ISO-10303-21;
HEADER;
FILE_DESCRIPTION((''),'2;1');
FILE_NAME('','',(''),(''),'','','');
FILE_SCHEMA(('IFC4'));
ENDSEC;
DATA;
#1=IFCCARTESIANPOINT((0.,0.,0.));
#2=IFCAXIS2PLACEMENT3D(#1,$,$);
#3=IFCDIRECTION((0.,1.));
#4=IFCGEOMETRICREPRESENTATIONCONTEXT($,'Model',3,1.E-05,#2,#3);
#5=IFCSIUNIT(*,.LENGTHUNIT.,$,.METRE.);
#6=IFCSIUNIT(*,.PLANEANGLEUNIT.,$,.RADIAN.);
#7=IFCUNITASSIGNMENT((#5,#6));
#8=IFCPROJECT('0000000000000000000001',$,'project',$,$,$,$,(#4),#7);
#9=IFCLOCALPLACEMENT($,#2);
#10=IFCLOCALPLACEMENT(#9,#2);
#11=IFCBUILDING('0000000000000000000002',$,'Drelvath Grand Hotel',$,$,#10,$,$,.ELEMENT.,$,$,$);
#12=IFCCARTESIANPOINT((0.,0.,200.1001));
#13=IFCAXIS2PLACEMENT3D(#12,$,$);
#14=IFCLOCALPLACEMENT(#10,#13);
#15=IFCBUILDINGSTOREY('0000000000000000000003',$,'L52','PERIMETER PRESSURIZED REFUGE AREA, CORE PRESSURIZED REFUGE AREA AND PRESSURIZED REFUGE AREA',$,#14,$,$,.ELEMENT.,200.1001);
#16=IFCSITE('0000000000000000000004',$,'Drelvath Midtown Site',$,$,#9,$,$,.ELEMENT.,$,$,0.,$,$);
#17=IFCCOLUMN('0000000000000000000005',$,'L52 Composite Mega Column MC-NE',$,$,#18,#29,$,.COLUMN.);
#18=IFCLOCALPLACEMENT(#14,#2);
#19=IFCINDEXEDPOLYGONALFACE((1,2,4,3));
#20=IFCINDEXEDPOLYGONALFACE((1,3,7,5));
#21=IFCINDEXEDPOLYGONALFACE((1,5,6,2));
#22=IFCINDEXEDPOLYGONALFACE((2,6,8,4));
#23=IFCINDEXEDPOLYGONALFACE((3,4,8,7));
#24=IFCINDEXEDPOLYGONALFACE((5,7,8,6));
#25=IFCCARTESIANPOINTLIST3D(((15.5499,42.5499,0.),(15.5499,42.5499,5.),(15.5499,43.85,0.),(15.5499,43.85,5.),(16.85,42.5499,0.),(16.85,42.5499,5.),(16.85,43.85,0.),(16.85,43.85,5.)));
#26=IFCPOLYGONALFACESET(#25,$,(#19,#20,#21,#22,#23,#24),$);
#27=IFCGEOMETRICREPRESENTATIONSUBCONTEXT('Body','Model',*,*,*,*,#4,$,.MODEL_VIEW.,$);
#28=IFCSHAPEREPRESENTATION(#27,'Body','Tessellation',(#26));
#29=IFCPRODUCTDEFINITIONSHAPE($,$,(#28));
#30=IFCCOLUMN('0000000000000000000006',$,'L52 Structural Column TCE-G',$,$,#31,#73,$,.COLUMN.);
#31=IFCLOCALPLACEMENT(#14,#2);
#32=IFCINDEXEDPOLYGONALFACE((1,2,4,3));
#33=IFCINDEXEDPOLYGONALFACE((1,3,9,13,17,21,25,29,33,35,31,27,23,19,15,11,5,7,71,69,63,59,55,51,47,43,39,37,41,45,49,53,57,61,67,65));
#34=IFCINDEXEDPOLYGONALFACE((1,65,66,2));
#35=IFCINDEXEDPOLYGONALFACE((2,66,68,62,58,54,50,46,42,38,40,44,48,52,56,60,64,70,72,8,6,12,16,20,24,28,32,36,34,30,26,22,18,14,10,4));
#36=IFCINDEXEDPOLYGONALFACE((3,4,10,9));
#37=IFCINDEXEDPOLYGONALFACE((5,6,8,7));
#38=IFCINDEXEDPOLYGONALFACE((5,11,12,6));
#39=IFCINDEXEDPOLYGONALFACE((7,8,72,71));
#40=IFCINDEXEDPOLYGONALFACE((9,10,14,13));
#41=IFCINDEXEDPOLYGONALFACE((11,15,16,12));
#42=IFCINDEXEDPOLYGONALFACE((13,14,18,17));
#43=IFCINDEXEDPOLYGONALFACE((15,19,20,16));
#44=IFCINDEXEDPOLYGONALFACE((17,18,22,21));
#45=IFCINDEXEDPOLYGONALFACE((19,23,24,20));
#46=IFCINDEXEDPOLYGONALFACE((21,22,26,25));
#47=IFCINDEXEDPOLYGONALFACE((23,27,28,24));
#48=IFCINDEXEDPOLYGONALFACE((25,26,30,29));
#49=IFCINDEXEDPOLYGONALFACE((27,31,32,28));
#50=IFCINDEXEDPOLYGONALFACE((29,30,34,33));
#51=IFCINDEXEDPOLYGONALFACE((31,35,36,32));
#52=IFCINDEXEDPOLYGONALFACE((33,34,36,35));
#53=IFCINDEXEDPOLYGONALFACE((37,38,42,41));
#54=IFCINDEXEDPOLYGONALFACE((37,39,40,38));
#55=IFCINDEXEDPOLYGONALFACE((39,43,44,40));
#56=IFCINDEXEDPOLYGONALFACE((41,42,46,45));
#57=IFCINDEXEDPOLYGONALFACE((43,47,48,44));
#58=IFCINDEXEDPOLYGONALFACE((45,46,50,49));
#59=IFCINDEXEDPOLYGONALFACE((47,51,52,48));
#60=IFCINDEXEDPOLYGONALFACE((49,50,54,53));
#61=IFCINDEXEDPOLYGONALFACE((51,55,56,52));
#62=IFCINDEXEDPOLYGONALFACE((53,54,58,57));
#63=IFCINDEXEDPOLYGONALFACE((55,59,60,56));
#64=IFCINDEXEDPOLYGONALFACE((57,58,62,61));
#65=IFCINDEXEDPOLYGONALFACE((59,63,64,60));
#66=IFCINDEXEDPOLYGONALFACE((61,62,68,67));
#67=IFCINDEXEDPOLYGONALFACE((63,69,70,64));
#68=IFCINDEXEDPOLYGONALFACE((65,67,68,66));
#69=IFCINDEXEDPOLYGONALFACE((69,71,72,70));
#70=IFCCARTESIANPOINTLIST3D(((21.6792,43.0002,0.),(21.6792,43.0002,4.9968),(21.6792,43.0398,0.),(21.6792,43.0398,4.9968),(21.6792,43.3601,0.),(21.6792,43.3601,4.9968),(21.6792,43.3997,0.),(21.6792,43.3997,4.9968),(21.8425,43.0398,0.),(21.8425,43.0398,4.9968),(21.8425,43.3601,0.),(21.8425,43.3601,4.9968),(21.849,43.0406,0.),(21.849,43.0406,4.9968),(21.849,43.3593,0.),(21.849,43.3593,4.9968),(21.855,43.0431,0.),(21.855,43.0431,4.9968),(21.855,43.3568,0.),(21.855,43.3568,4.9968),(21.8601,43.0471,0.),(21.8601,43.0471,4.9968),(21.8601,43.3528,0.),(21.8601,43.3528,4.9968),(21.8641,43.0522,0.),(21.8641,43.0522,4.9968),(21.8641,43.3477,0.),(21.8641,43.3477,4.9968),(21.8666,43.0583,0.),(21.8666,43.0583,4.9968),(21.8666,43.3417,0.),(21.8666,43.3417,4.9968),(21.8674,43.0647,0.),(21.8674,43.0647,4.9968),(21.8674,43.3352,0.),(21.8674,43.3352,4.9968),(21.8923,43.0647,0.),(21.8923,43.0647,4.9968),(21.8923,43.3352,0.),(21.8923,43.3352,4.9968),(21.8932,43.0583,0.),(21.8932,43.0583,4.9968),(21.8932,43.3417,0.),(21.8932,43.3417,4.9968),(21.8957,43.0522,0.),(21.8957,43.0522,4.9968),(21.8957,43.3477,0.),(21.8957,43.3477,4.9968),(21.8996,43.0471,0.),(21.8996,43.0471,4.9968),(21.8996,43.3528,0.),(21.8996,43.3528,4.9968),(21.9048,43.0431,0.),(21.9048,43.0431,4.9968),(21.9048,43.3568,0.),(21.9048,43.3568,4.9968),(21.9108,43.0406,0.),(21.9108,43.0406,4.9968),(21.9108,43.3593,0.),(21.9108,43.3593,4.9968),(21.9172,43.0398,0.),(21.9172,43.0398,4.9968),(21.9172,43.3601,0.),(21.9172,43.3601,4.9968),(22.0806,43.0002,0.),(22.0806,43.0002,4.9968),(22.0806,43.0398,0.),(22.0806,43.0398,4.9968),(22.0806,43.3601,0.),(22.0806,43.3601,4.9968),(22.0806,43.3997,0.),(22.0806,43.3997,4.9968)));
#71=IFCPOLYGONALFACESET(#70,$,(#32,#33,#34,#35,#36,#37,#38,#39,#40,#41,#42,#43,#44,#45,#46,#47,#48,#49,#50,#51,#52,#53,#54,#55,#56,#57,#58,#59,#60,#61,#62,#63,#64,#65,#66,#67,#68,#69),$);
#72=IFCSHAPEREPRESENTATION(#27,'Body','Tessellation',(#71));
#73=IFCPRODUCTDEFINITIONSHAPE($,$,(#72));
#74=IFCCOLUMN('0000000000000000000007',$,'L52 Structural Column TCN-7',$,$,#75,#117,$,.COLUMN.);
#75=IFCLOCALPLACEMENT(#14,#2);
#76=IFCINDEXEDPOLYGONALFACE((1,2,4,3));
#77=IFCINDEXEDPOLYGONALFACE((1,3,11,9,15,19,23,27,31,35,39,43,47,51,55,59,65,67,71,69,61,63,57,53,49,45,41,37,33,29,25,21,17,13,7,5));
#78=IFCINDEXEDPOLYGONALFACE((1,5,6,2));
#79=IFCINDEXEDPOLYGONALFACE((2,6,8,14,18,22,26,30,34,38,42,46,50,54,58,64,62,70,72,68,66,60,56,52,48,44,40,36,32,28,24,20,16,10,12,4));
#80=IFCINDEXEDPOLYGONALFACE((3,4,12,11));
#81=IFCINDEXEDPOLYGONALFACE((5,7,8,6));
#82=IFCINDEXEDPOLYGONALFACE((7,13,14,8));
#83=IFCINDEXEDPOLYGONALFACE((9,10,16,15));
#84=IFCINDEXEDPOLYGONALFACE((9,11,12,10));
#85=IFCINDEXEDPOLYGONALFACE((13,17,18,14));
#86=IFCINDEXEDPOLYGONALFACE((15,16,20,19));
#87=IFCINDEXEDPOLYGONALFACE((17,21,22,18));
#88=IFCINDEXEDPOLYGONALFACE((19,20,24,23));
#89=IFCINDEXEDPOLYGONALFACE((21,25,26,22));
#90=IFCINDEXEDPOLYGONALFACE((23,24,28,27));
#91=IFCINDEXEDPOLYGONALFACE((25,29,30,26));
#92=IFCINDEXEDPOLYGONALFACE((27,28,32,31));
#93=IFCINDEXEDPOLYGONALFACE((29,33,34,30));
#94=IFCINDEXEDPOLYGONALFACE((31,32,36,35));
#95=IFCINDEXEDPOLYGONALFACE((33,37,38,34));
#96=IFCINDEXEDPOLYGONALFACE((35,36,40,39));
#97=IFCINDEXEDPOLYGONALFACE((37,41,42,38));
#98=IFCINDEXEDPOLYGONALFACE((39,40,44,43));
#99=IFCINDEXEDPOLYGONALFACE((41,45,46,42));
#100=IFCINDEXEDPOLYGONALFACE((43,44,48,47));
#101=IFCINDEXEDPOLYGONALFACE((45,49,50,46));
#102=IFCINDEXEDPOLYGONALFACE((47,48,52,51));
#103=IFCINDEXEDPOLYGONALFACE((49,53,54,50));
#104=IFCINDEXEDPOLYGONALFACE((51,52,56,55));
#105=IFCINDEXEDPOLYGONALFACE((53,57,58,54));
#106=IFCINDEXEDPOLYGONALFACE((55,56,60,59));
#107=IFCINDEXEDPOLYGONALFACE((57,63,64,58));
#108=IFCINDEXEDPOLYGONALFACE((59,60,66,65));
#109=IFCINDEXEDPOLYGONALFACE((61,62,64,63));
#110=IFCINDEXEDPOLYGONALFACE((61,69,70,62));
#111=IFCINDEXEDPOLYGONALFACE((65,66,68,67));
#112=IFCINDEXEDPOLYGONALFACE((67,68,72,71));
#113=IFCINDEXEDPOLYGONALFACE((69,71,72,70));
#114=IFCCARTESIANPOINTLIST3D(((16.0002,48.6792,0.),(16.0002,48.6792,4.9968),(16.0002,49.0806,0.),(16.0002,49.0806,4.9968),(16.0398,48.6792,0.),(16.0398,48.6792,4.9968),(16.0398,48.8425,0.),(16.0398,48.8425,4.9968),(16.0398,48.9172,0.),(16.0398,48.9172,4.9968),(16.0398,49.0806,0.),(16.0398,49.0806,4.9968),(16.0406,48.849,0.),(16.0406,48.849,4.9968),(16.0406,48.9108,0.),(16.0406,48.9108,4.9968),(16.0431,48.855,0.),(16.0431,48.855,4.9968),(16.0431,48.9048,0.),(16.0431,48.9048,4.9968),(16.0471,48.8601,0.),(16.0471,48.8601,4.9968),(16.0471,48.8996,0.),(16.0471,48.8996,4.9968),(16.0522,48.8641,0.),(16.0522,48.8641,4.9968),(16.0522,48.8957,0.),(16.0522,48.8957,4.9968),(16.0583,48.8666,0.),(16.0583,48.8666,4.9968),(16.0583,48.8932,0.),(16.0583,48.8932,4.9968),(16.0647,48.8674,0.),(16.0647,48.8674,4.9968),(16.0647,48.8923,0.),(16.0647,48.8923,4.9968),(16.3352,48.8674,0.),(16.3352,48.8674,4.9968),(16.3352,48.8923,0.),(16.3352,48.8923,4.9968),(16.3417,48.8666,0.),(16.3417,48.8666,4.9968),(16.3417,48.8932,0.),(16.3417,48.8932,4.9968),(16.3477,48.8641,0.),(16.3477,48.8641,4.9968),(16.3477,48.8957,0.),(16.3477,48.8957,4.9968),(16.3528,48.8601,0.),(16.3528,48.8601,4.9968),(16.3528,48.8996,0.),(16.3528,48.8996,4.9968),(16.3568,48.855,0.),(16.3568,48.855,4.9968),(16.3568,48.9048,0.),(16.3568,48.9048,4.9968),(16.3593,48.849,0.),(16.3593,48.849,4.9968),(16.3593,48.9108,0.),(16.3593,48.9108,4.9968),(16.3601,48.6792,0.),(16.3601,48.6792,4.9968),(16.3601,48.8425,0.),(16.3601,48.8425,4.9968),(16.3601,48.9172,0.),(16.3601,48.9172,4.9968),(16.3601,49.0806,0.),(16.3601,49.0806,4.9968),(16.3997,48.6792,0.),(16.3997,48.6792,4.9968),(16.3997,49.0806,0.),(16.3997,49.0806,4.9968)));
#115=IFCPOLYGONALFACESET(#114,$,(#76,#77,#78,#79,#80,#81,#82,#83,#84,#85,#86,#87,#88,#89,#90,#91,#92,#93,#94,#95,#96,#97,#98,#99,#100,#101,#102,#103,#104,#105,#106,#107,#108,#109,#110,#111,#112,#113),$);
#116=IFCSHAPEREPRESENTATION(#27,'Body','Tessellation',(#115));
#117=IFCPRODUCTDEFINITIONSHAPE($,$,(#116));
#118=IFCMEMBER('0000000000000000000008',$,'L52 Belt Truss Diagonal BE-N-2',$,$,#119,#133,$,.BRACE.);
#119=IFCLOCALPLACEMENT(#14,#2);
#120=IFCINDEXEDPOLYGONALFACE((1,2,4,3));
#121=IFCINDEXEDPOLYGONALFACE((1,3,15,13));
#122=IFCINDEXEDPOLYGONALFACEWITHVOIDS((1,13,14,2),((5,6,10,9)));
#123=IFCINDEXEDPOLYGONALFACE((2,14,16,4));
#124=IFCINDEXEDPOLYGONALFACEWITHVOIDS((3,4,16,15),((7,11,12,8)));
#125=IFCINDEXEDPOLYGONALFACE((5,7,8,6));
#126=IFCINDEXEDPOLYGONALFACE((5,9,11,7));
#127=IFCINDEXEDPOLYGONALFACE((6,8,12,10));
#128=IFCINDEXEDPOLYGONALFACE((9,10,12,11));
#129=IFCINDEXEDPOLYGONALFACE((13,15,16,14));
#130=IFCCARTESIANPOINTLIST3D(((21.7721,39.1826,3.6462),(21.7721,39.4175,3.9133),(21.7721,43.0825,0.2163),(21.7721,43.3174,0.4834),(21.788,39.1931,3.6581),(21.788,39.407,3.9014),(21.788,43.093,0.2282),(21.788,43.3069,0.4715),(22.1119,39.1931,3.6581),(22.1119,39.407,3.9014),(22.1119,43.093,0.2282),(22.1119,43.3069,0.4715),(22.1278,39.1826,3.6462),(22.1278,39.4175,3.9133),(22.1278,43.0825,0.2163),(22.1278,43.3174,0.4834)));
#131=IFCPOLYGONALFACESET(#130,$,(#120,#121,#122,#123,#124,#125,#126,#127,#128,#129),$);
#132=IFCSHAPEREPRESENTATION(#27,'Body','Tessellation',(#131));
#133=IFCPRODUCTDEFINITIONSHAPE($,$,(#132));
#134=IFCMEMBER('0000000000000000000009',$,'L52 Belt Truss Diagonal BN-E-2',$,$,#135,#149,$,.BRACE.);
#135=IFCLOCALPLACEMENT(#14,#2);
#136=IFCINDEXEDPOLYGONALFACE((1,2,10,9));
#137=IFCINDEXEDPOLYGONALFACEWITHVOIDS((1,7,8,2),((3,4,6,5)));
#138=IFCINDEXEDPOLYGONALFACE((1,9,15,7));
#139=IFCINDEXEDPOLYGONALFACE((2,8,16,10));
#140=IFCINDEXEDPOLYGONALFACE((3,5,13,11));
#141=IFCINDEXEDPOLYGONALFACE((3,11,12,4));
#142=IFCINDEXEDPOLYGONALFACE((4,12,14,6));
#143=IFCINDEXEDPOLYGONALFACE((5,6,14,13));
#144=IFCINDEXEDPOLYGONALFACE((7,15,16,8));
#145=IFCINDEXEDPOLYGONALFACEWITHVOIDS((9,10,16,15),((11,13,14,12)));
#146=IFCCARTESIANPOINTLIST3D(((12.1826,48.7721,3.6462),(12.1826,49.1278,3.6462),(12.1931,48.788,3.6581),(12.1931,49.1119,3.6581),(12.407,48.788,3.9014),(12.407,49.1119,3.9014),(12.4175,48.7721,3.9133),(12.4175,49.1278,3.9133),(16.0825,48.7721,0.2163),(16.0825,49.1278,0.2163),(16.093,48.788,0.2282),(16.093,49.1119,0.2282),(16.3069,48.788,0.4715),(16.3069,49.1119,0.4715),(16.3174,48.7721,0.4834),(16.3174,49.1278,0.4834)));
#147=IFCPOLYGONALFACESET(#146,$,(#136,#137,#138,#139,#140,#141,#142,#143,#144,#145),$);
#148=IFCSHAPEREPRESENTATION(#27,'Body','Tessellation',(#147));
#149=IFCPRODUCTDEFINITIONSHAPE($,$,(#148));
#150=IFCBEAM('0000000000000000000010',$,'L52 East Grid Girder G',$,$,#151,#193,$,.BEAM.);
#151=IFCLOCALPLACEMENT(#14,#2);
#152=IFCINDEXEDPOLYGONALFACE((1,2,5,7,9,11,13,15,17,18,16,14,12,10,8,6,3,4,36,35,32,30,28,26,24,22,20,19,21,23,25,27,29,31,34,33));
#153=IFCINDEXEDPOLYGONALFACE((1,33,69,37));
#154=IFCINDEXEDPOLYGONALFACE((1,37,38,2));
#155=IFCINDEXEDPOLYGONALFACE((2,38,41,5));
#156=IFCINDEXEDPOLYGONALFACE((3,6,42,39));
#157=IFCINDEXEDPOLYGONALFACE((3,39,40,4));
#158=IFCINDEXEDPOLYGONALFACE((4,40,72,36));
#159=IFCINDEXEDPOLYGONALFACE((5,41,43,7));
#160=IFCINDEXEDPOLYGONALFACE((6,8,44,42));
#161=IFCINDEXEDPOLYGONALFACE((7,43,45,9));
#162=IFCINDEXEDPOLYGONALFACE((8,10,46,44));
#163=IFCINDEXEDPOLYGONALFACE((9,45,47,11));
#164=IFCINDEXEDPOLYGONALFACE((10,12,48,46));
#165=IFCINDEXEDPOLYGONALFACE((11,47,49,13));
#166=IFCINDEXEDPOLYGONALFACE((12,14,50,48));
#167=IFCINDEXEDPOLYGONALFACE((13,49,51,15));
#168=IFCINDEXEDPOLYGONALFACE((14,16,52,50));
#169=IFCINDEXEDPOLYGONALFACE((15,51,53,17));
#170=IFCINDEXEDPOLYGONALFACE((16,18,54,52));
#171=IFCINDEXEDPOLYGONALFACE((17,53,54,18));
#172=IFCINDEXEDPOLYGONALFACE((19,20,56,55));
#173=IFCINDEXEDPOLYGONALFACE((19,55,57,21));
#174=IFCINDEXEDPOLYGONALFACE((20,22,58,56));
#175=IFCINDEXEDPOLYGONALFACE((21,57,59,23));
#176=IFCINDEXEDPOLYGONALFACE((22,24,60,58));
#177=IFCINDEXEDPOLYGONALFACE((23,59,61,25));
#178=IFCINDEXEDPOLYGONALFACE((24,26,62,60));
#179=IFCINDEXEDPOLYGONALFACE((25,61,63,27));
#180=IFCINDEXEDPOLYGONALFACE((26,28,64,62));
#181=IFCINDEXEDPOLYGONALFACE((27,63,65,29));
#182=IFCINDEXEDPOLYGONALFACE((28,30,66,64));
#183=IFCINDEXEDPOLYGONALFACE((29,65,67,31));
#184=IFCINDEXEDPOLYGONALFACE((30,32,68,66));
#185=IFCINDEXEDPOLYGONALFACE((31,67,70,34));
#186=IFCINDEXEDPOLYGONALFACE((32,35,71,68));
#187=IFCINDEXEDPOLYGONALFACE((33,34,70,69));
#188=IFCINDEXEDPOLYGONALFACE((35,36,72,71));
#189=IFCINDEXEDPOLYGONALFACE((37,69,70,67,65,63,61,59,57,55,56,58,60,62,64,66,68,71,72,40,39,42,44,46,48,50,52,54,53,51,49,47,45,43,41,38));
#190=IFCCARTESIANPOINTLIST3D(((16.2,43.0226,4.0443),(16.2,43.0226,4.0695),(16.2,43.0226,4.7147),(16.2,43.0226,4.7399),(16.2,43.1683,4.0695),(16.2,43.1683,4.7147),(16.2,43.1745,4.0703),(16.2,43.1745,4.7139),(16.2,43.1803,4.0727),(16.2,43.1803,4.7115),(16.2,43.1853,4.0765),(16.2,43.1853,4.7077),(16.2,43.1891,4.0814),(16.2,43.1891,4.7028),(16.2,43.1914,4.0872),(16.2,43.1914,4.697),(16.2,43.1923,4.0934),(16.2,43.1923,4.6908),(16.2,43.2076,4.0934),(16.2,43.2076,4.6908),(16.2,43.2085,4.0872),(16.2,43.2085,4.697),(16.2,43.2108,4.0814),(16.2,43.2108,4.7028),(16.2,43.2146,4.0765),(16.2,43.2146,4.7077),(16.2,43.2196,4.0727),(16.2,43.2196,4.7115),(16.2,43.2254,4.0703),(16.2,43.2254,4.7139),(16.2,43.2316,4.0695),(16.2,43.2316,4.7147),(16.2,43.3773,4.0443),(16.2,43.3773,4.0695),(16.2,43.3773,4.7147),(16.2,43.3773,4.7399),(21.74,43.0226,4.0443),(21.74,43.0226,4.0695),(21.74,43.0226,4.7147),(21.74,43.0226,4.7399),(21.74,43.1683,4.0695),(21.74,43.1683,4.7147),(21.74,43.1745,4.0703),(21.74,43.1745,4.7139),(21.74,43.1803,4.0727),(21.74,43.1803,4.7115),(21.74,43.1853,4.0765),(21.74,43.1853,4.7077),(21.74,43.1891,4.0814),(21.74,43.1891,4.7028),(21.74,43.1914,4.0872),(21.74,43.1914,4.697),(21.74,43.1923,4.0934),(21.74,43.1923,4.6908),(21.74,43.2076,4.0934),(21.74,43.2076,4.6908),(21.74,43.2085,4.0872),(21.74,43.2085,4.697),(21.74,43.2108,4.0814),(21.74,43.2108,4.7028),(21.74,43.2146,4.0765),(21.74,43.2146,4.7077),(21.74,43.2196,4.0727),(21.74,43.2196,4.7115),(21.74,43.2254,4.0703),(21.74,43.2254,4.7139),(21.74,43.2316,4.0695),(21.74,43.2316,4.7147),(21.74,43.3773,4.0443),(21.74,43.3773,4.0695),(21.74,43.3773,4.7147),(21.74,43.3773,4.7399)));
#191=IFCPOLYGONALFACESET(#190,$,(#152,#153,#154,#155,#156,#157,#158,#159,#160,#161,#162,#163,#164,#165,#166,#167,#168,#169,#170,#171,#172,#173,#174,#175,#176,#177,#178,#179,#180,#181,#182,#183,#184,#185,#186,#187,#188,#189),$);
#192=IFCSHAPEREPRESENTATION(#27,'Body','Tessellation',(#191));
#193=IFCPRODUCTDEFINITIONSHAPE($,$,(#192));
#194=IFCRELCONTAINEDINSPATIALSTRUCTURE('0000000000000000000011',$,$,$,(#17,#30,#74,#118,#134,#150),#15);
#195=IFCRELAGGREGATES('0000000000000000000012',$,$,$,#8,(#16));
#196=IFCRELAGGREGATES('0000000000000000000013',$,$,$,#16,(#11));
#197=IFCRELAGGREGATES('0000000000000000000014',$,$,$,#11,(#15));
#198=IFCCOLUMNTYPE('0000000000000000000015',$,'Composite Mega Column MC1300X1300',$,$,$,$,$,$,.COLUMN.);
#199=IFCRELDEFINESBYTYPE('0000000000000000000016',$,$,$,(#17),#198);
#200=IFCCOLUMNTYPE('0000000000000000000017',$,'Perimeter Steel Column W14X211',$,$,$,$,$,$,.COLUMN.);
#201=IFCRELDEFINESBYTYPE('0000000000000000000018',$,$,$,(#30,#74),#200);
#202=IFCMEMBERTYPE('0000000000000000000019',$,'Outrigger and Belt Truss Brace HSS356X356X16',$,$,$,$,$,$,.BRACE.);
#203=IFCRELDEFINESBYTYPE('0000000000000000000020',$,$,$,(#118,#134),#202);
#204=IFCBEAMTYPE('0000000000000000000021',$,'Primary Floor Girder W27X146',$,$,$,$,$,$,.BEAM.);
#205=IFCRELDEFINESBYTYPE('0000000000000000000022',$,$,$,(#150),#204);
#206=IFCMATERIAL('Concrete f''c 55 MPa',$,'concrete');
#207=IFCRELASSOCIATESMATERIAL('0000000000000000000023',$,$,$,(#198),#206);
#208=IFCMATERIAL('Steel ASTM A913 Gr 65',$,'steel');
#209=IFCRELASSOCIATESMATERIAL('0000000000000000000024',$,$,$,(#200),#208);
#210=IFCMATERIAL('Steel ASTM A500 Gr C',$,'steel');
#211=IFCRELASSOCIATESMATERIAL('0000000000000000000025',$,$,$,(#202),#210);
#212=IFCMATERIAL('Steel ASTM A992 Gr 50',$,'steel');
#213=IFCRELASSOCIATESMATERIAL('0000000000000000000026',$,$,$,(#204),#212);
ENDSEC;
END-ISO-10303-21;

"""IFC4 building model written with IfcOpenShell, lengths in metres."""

from ifc_helpers import new_model, si_unit, direction, frame, origin, origin_2d, place, context, subcontext, project, spatial, rectangle, hollow_rectangle, i_section, extrude, material, material_profile, profile_set, type_object, element, save


model = new_model("IFC4")

# Units and contexts
model_context = context("Model", 3, precision=1e-05, world=origin(), true_north=direction((0.0, 1.0)))
body_context = subcontext(model_context, "Body", "Model", "MODEL_VIEW")
ifc_project = project(units=[si_unit("LENGTHUNIT", "METRE"), si_unit("PLANEANGLEUNIT", "RADIAN")], contexts=[model_context])

# Site, building, storey
site_placement = place(None, origin())
site = spatial("IfcSite", under=ifc_project, at=site_placement, Name="Drelvath Midtown Site", CompositionType="ELEMENT", RefElevation=0.0)
building_placement = place(site_placement, origin())
building = spatial("IfcBuilding", under=site, at=building_placement, Name="Drelvath Grand Hotel", CompositionType="ELEMENT")
storey_placement = place(building_placement, frame((0.0, 0.0, 200.1001)))
storey = spatial("IfcBuildingStorey", under=building, at=storey_placement, Name="L52", Description="PERIMETER PRESSURIZED REFUGE AREA, CORE PRESSURIZED REFUGE AREA AND PRESSURIZED REFUGE AREA", CompositionType="ELEMENT", Elevation=200.1001)

# Columns
ifc_material_1 = material(Name="Concrete f'c 55 MPa", Category="concrete")
ifc_material_profile_1 = material_profile(ifc_material_1, rectangle(XDim=1.3, YDim=1.3, at=origin_2d()), Name="MC1300X1300")
ifc_profile_set_1 = profile_set([ifc_material_profile_1], Name="Concrete f'c 55 MPa")
column_type_1 = type_object("IfcColumnType", Name="Composite Mega Column MC1300X1300", PredefinedType="COLUMN", material=ifc_profile_set_1)
column_placement = place(storey_placement, frame((16.2, 43.2, 0.0), z_axis=(0.0, 0.0, 1.0), x_axis=(1.0, 0.0, 0.0)))
element("IfcColumn", 1, at=column_placement, inside=storey, type_object=column_type_1, Name="L52 Composite Mega Column MC-NE", PredefinedType="COLUMN", context=body_context, shape_type="SweptSolid", body=[
    extrude(rectangle(XDim=1.3, YDim=1.3, at=origin_2d()), origin(), (0.0, 0.0, 1.0), 5.0),
])
ifc_material_2 = material(Name="Steel ASTM A913 Gr 65", Category="steel")
ifc_material_profile_2 = material_profile(ifc_material_2, i_section(OverallWidth=0.4014, OverallDepth=0.3994, WebThickness=0.0249, FlangeThickness=0.0396, FilletRadius=0.0249, at=origin_2d()), Name="W14X211")
ifc_profile_set_2 = profile_set([ifc_material_profile_2], Name="Steel ASTM A913 Gr 65")
column_type_2 = type_object("IfcColumnType", Name="Perimeter Steel Column W14X211", PredefinedType="COLUMN", material=ifc_profile_set_2)
for number, where, z_axis, x_axis, name in (
    (2, (21.8799, 43.2, 0.0), (0.0, 0.0, 1.0), (1.0, 0.0, 0.0), "L52 Structural Column TCE-G"),
    (3, (16.2, 48.8799, 0.0), (0.0, 0.0, 1.0), (0.0, 1.0, 0.0), "L52 Structural Column TCN-7"),
):
    element("IfcColumn", number, at=place(storey_placement, frame(where, z_axis=z_axis, x_axis=x_axis)), inside=storey, type_object=column_type_2, Name=name, PredefinedType="COLUMN", context=body_context, shape_type="SweptSolid", body=[
        extrude(i_section(OverallWidth=0.4014, OverallDepth=0.3994, WebThickness=0.0249, FlangeThickness=0.0396, FilletRadius=0.0249, at=origin_2d()), origin(), (0.0, 0.0, 1.0), 4.9968),
    ])

# Members
ifc_material_3 = material(Name="Steel ASTM A500 Gr C", Category="steel")
ifc_material_profile_3 = material_profile(ifc_material_3, hollow_rectangle(XDim=0.3557, YDim=0.3557, WallThickness=0.0159, at=origin_2d()), Name="HSS356X356X16")
ifc_profile_set_3 = profile_set([ifc_material_profile_3], Name="Steel ASTM A500 Gr C")
member_type = type_object("IfcMemberType", Name="Outrigger and Belt Truss Brace HSS356X356X16", PredefinedType="BRACE", material=ifc_profile_set_3)
for number, where, z_axis, x_axis, name in (
    (4, (21.95, 39.3, 3.7798), (0.0, 0.750903, -0.660413), (-1.0, 0.0, 0.0), "L52 Belt Truss Diagonal BE-N-2"),
    (5, (12.3, 48.95, 3.7798), (0.750903, 0.0, -0.660413), (0.0, 1.0, 0.0), "L52 Belt Truss Diagonal BN-E-2"),
):
    element("IfcMember", number, at=place(storey_placement, frame(where, z_axis=z_axis, x_axis=x_axis)), inside=storey, type_object=member_type, Name=name, PredefinedType="BRACE", context=body_context, shape_type="SweptSolid", body=[
        extrude(hollow_rectangle(XDim=0.3557, YDim=0.3557, WallThickness=0.0159, at=origin_2d()), origin(), (0.0, 0.0, 1.0), 5.1936),
    ])

# Beam
ifc_material_4 = material(Name="Steel ASTM A992 Gr 50", Category="steel")
ifc_material_profile_4 = material_profile(ifc_material_4, i_section(OverallWidth=0.3547, OverallDepth=0.6956, WebThickness=0.0154, FlangeThickness=0.0251, FilletRadius=0.0239, at=origin_2d()), Name="W27X146")
ifc_profile_set_4 = profile_set([ifc_material_profile_4], Name="Steel ASTM A992 Gr 50")
beam_type = type_object("IfcBeamType", Name="Primary Floor Girder W27X146", PredefinedType="BEAM", material=ifc_profile_set_4)
for number, where, z_axis, x_axis, name in (
    (6, (16.2, 43.2, 4.3921), (1.0, 0.0, 0.0), (0.0, 1.0, 0.0), "L52 East Grid Girder G"),
):
    element("IfcBeam", number, at=place(storey_placement, frame(where, z_axis=z_axis, x_axis=x_axis)), inside=storey, type_object=beam_type, Name=name, PredefinedType="BEAM", context=body_context, shape_type="SweptSolid", body=[
        extrude(i_section(OverallWidth=0.3547, OverallDepth=0.6956, WebThickness=0.0154, FlangeThickness=0.0251, FilletRadius=0.0239, at=origin_2d()), origin(), (0.0, 0.0, 1.0), 5.54),
    ])

save(model, "model.ifc")
